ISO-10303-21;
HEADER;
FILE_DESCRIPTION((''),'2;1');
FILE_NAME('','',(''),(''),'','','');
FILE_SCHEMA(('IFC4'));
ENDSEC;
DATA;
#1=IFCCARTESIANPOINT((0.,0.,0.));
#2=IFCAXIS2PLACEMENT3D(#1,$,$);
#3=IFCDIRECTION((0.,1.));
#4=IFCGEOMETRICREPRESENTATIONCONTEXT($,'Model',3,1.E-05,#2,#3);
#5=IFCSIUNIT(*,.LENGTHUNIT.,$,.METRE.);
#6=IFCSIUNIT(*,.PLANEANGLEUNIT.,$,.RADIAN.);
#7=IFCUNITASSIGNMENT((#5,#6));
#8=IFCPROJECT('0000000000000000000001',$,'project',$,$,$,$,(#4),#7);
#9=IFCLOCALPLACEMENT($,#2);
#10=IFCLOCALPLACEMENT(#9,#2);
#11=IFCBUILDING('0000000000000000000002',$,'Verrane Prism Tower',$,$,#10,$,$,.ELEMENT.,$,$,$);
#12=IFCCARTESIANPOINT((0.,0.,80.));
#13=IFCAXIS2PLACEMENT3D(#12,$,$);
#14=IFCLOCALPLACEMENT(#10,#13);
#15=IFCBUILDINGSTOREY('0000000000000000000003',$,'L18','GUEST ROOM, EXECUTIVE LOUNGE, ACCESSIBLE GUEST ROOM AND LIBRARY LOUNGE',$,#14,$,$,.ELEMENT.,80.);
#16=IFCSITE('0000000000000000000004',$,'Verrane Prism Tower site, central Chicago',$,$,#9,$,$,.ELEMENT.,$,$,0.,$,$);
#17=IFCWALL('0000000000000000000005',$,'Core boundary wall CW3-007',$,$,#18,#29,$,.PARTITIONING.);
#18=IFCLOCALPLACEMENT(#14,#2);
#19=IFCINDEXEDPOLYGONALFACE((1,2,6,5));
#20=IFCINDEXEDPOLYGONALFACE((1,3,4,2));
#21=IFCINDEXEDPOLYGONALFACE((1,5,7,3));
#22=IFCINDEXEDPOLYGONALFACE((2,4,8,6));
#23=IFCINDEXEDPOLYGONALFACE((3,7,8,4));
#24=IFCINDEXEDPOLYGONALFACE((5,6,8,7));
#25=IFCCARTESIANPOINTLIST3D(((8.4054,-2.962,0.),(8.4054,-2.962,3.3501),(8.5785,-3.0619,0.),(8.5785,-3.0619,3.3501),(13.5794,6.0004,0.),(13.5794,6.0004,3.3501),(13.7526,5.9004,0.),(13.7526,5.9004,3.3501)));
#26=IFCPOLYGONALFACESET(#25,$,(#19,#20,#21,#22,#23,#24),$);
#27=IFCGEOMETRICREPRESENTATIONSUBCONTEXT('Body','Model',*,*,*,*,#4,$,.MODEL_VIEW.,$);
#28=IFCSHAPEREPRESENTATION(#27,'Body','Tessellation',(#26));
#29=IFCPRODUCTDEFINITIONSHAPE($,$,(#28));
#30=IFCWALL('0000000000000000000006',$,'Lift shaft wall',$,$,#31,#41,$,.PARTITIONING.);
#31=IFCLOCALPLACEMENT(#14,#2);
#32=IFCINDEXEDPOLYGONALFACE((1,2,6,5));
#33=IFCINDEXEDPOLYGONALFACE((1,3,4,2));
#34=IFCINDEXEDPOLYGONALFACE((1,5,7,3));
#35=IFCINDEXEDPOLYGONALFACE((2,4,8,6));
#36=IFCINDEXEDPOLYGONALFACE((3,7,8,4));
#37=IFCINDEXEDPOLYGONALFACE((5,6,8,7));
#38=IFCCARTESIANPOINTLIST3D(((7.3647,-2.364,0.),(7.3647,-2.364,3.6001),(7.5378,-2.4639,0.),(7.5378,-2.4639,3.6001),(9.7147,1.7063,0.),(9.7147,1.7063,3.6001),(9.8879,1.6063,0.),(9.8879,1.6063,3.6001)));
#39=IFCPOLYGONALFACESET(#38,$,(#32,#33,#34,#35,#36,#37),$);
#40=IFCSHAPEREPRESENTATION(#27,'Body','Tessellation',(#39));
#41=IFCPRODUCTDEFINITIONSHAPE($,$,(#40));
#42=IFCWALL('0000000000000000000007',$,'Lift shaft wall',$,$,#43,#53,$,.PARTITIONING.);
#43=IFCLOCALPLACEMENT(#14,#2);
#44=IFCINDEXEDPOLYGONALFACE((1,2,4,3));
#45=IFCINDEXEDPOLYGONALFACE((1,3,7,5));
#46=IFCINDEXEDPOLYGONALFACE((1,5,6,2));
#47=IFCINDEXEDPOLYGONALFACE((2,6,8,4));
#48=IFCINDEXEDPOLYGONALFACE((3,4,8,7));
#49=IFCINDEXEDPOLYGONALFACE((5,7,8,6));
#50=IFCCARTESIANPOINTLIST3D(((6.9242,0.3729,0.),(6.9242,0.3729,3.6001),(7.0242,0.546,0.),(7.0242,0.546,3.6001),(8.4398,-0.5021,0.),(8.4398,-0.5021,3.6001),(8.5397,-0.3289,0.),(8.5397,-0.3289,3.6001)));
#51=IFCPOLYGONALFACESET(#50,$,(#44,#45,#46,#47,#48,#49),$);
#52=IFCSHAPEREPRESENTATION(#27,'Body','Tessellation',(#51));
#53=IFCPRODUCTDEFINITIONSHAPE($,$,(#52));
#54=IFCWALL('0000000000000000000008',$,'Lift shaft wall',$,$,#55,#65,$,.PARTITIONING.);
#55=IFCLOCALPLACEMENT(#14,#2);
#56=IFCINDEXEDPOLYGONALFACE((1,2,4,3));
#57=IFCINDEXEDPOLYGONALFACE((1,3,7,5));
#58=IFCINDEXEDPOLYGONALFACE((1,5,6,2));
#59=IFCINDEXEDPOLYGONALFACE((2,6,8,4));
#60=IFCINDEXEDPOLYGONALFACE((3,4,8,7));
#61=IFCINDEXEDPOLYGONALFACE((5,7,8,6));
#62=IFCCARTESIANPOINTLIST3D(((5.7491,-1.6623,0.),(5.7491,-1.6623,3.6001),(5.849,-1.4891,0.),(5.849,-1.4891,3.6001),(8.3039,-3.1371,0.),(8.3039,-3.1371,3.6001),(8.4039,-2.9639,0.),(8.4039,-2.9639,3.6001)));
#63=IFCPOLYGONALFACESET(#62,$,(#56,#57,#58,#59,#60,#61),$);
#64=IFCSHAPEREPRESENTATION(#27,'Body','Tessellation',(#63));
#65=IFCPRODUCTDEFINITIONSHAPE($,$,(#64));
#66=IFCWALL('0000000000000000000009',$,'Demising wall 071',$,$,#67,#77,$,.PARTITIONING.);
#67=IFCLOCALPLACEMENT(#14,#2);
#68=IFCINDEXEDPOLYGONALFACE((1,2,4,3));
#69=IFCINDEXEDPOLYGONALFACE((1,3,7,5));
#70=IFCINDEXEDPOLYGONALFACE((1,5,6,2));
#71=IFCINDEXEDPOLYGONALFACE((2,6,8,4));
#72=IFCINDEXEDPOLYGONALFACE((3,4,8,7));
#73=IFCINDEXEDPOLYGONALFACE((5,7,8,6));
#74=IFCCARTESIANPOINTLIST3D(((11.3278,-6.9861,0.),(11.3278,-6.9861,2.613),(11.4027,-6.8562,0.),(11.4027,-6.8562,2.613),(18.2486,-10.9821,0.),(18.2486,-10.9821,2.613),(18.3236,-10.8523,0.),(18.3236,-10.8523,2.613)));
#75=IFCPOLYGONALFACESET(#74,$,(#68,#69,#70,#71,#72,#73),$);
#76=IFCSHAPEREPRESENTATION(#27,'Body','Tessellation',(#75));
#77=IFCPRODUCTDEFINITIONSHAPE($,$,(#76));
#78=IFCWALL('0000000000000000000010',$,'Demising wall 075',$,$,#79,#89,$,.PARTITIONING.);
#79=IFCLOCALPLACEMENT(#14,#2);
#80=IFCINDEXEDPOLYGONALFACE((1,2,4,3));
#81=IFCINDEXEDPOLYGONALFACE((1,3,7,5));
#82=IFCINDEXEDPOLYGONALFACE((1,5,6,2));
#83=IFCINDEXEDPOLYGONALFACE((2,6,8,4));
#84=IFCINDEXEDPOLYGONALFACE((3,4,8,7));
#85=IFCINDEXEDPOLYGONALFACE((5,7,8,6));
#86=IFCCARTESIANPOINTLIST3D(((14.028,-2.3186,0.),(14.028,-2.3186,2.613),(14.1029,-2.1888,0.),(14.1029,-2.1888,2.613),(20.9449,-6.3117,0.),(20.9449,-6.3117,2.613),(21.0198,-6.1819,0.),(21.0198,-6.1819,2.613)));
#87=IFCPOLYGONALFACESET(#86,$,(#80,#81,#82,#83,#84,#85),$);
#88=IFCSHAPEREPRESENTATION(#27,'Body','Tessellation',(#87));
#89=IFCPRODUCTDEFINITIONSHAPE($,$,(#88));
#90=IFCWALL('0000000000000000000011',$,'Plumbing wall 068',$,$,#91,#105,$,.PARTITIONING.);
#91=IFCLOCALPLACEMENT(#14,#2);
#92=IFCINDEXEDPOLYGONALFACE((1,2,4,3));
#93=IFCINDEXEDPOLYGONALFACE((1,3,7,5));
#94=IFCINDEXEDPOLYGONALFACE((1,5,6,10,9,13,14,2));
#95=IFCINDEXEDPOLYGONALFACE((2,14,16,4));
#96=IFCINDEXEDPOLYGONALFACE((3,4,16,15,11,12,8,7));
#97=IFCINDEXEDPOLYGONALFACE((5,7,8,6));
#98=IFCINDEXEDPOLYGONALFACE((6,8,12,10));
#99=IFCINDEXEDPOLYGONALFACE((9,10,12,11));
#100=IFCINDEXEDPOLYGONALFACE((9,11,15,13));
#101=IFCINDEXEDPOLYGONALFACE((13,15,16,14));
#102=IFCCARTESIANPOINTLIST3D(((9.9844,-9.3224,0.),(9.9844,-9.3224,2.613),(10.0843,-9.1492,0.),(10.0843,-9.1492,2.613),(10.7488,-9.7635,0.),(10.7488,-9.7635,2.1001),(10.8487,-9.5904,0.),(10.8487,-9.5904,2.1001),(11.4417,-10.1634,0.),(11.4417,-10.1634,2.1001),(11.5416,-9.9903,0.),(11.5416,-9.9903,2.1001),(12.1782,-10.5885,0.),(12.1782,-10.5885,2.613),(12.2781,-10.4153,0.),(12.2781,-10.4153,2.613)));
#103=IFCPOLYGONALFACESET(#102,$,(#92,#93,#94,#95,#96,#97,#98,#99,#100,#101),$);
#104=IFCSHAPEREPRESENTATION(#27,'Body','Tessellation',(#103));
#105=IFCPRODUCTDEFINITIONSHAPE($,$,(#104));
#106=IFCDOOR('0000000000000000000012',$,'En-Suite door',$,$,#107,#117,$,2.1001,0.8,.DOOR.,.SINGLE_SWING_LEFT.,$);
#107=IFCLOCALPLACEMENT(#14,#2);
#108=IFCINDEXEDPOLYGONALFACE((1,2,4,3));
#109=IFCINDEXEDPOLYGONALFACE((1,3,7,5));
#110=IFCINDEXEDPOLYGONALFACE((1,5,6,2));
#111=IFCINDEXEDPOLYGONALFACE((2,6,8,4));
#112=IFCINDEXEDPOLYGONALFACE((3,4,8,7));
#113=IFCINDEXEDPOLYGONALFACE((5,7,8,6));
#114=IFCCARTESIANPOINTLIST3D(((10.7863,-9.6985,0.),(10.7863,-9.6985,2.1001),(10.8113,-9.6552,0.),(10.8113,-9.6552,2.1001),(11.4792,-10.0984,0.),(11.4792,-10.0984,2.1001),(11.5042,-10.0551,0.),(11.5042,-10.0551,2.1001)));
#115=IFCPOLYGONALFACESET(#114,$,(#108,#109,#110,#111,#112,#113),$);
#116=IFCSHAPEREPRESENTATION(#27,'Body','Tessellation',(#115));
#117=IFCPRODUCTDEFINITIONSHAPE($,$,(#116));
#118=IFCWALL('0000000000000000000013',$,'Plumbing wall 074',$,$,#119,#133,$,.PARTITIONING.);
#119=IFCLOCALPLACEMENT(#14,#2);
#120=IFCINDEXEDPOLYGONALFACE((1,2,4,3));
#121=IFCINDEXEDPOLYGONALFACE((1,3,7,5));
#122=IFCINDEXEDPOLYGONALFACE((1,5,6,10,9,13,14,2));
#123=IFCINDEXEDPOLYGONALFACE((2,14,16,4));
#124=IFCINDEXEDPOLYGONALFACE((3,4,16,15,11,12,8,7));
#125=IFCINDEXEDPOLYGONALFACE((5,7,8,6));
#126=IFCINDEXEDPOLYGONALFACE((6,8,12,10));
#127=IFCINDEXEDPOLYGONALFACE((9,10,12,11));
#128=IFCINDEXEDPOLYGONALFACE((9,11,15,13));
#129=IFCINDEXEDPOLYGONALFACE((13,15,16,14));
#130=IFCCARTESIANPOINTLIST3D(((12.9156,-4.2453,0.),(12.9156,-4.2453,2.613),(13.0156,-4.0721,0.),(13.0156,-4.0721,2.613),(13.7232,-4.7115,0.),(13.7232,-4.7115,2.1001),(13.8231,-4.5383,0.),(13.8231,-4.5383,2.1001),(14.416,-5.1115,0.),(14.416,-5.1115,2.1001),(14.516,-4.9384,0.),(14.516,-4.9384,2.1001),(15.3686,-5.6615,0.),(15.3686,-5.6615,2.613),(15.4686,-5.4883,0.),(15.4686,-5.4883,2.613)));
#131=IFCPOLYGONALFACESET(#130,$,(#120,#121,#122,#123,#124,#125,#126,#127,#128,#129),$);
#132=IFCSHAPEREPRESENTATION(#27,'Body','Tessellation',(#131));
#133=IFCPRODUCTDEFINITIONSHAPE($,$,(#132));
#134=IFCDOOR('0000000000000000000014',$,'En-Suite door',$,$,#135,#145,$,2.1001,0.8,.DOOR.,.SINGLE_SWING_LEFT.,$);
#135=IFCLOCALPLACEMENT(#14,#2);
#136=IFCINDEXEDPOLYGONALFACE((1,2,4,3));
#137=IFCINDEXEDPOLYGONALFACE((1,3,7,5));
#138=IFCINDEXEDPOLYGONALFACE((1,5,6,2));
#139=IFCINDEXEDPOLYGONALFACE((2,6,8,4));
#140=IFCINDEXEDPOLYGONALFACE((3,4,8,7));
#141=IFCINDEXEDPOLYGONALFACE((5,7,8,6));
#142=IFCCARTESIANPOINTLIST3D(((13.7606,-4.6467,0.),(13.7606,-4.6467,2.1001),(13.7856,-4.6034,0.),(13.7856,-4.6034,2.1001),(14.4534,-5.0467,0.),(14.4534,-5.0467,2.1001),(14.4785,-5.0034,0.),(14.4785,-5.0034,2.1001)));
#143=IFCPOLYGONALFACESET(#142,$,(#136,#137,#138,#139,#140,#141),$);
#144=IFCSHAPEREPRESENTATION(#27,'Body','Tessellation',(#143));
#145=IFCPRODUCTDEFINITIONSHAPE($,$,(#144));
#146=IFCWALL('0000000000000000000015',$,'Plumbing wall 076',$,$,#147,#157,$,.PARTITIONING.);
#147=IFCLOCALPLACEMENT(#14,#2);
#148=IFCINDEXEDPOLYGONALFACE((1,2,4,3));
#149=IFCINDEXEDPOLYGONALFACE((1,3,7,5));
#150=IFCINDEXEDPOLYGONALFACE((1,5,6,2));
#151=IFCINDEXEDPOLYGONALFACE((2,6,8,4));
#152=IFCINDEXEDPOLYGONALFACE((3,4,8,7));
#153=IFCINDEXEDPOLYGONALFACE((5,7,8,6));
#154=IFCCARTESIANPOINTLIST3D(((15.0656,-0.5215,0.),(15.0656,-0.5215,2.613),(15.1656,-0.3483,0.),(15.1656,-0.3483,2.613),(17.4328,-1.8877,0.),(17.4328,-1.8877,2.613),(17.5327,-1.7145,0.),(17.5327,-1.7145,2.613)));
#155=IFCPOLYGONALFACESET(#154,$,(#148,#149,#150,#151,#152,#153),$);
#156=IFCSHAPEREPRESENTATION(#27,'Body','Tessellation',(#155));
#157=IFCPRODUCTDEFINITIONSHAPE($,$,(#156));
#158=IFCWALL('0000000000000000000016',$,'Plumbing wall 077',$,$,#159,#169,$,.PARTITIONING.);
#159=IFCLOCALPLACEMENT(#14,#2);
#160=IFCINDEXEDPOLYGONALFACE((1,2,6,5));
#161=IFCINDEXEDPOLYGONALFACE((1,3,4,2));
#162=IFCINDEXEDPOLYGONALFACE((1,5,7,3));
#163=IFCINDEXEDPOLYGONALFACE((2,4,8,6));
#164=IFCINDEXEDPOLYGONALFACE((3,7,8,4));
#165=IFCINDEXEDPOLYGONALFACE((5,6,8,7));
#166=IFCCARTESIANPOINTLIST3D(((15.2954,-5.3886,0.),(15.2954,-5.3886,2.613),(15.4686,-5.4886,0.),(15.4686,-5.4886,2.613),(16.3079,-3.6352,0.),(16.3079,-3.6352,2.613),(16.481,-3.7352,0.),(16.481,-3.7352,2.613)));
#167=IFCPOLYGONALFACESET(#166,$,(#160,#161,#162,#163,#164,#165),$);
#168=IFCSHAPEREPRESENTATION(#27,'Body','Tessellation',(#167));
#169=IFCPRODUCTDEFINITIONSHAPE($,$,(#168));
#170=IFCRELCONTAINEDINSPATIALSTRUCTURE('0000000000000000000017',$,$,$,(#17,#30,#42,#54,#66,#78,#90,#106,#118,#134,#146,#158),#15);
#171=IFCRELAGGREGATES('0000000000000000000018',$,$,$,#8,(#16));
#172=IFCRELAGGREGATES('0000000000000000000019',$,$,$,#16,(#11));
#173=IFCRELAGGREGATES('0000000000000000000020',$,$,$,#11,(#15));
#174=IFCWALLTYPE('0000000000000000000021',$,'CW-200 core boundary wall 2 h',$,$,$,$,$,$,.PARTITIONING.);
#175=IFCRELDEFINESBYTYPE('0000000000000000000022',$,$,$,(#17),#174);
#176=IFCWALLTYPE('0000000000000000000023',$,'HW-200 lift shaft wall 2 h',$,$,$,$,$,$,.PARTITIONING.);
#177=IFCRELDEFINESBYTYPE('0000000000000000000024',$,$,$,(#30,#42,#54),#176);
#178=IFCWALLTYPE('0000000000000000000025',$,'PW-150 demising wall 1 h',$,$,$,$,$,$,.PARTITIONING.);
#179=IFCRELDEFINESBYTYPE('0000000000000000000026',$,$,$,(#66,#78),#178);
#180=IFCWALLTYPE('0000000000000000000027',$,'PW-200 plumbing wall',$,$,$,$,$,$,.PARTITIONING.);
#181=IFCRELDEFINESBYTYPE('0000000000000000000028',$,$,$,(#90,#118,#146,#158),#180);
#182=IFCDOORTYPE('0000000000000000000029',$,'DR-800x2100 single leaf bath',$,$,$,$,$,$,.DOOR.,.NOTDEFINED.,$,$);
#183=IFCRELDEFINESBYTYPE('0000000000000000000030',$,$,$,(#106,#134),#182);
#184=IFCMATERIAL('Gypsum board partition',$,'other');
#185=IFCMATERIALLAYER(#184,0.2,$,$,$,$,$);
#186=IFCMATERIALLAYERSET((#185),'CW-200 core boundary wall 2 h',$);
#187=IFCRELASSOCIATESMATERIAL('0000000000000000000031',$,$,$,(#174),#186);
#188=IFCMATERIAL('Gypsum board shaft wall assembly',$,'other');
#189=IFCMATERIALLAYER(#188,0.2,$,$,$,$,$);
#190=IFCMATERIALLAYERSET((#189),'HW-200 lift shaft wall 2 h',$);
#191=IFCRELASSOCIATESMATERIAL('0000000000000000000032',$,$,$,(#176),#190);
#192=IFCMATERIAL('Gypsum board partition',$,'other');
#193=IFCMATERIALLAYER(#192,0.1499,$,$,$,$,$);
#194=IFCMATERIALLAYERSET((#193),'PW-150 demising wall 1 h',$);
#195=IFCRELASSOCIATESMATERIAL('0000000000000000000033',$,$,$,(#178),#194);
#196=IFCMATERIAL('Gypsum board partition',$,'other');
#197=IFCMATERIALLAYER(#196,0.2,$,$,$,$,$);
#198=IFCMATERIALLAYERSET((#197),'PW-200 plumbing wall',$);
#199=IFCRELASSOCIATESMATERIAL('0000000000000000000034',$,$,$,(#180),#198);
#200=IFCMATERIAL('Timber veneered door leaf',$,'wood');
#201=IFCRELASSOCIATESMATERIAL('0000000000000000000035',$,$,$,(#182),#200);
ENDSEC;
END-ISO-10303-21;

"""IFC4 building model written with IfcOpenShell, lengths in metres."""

from ifc_helpers import new_model, si_unit, direction, frame, frame_2d, origin, place, context, subcontext, project, spatial, rectangle, extrude, material, layer, layer_set, type_object, element, fill, save


model = new_model("IFC4")

# Units and contexts
model_context = context("Model", 3, precision=1e-05, world=origin(), true_north=direction((0.0, 1.0)))
body_context = subcontext(model_context, "Body", "Model", "MODEL_VIEW")
ifc_project = project(units=[si_unit("LENGTHUNIT", "METRE"), si_unit("PLANEANGLEUNIT", "RADIAN")], contexts=[model_context])

# Site, building, storey
site_placement = place(None, origin())
site = spatial("IfcSite", under=ifc_project, at=site_placement, Name="Verrane Prism Tower site, central Chicago", CompositionType="ELEMENT", RefElevation=0.0)
building_placement = place(site_placement, origin())
building = spatial("IfcBuilding", under=site, at=building_placement, Name="Verrane Prism Tower", CompositionType="ELEMENT")
storey_placement = place(building_placement, frame((0.0, 0.0, 80.0)))
storey = spatial("IfcBuildingStorey", under=building, at=storey_placement, Name="L18", Description="GUEST ROOM, EXECUTIVE LOUNGE, ACCESSIBLE GUEST ROOM AND LIBRARY LOUNGE", CompositionType="ELEMENT", Elevation=80.0)

# Walls
ifc_material_1 = material(Name="Gypsum board partition", Category="other")
ifc_layer_1 = layer(ifc_material_1, 0.2)
ifc_layer_set_1 = layer_set([ifc_layer_1], Name="CW-200 core boundary wall 2 h")
wall_type_1 = type_object("IfcWallType", Name="CW-200 core boundary wall 2 h", PredefinedType="PARTITIONING", material=ifc_layer_set_1)
wall_1_placement = place(storey_placement, frame((8.4919, -3.012, 0.0), z_axis=(0.0, 0.0, 1.0), x_axis=(0.499973, 0.866041, 0.0)))
element("IfcWall", 1, at=wall_1_placement, inside=storey, type_object=wall_type_1, Name="Core boundary wall CW3-007", PredefinedType="PARTITIONING", context=body_context, shape_type="SweptSolid", body=[
    extrude(rectangle(XDim=10.3486, YDim=0.2, at=frame_2d((5.1743, 0.0))), origin(), (0.0, 0.0, 1.0), 3.3501),
])
ifc_material_2 = material(Name="Gypsum board shaft wall assembly", Category="other")
ifc_layer_2 = layer(ifc_material_2, 0.2)
ifc_layer_set_2 = layer_set([ifc_layer_2], Name="HW-200 lift shaft wall 2 h")
wall_type_2 = type_object("IfcWallType", Name="HW-200 lift shaft wall 2 h", PredefinedType="PARTITIONING", material=ifc_layer_set_2)
wall_2_placement = place(storey_placement, frame((7.4512, -2.4141, 0.0), z_axis=(0.0, 0.0, 1.0), x_axis=(0.500016, 0.866016, 0.0)))
element("IfcWall", 2, at=wall_2_placement, inside=storey, type_object=wall_type_2, Name="Lift shaft wall", PredefinedType="PARTITIONING", context=body_context, shape_type="SweptSolid", body=[
    extrude(rectangle(XDim=4.7, YDim=0.2, at=frame_2d((2.3501, 0.0))), origin(), (0.0, 0.0, 1.0), 3.6001),
])
wall_3_placement = place(storey_placement, frame((8.4897, -0.4155, 0.0), z_axis=(0.0, 0.0, 1.0), x_axis=(-0.866037, 0.49998, 0.0)))
element("IfcWall", 3, at=wall_3_placement, inside=storey, type_object=wall_type_2, Name="Lift shaft wall", PredefinedType="PARTITIONING", context=body_context, shape_type="SweptSolid", body=[
    extrude(rectangle(XDim=1.75, YDim=0.2, at=frame_2d((0.875, 0.0))), origin(), (0.0, 0.0, 1.0), 3.6001),
])
wall_4_placement = place(storey_placement, frame((8.354, -3.0505, 0.0), z_axis=(0.0, 0.0, 1.0), x_axis=(-0.86606, 0.49994, 0.0)))
element("IfcWall", 4, at=wall_4_placement, inside=storey, type_object=wall_type_2, Name="Lift shaft wall", PredefinedType="PARTITIONING", context=body_context, shape_type="SweptSolid", body=[
    extrude(rectangle(XDim=2.95, YDim=0.2, at=frame_2d((1.4751, 0.0))), origin(), (0.0, 0.0, 1.0), 3.6001),
])
ifc_material_3 = material(Name="Gypsum board partition", Category="other")
ifc_layer_3 = layer(ifc_material_3, 0.1499)
ifc_layer_set_3 = layer_set([ifc_layer_3], Name="PW-150 demising wall 1 h")
wall_type_3 = type_object("IfcWallType", Name="PW-150 demising wall 1 h", PredefinedType="PARTITIONING", material=ifc_layer_set_3)
wall_5_placement = place(storey_placement, frame((11.3652, -6.9211, 0.0), z_axis=(0.0, 0.0, 1.0), x_axis=(0.866009, -0.500029, 0.0)))
element("IfcWall", 5, at=wall_5_placement, inside=storey, type_object=wall_type_3, Name="Demising wall 071", PredefinedType="PARTITIONING", context=body_context, shape_type="SweptSolid", body=[
    extrude(rectangle(XDim=7.9917, YDim=0.1499, at=frame_2d((3.9958, 0.0))), origin(), (0.0, 0.0, 1.0), 2.613),
])
wall_6_placement = place(storey_placement, frame((14.0654, -2.2537, 0.0), z_axis=(0.0, 0.0, 1.0), x_axis=(0.866045, -0.499966, 0.0)))
element("IfcWall", 6, at=wall_6_placement, inside=storey, type_object=wall_type_3, Name="Demising wall 075", PredefinedType="PARTITIONING", context=body_context, shape_type="SweptSolid", body=[
    extrude(rectangle(XDim=7.9868, YDim=0.1499, at=frame_2d((3.9934, 0.0))), origin(), (0.0, 0.0, 1.0), 2.613),
])

# Walls, openings, doors
ifc_material_4 = material(Name="Gypsum board partition", Category="other")
ifc_layer_4 = layer(ifc_material_4, 0.2)
ifc_layer_set_4 = layer_set([ifc_layer_4], Name="PW-200 plumbing wall")
wall_type_4 = type_object("IfcWallType", Name="PW-200 plumbing wall", PredefinedType="PARTITIONING", material=ifc_layer_set_4)
wall_7_placement = place(storey_placement, frame((12.2283, -10.502, 0.0), z_axis=(0.0, 0.0, 1.0), x_axis=(-0.866112, 0.49985, 0.0)))
wall_7 = element("IfcWall", 7, at=wall_7_placement, inside=storey, type_object=wall_type_4, Name="Plumbing wall 068", PredefinedType="PARTITIONING", context=body_context, shape_type="SweptSolid", body=[
    extrude(rectangle(XDim=2.533, YDim=0.2, at=frame_2d((1.2666, 0.0))), origin(), (0.0, 0.0, 1.0), 2.613),
])
opening_1_placement = place(wall_7_placement, frame((0.8506, 0.0, 0.0)))
opening_1 = element("IfcOpeningElement", 8, at=opening_1_placement, cuts=wall_7, PredefinedType="OPENING", context=body_context, shape_type="SweptSolid", body=[
    extrude(rectangle(XDim=0.8, YDim=2.1001, at=frame_2d((0.3999, 1.05))), frame((0.0, 0.1099, 0.0), z_axis=(0.0, -1.0, 0.0), x_axis=(1.0, 0.0, 0.0)), (0.0, 0.0, 1.0), 0.22),
])
ifc_material_5 = material(Name="Timber veneered door leaf", Category="wood")
door_type = type_object("IfcDoorType", Name="DR-800x2100 single leaf bath", OperationType="NOTDEFINED", PredefinedType="DOOR", material=ifc_material_5)
door_1_placement = place(opening_1_placement, origin())
door_1 = element("IfcDoor", 9, at=door_1_placement, inside=storey, type_object=door_type, Name="En-Suite door", OperationType="SINGLE_SWING_LEFT", OverallHeight=2.1001, OverallWidth=0.8, PredefinedType="DOOR", context=body_context, shape_type="SweptSolid", body=[
    extrude(rectangle(XDim=0.8, YDim=2.1001, at=frame_2d((0.3999, 1.05))), frame((0.0, 0.0249, 0.0), z_axis=(0.0, -1.0, 0.0), x_axis=(1.0, 0.0, 0.0)), (0.0, 0.0, 1.0), 0.05),
])
fill(opening_1, door_1)
wall_8_placement = place(storey_placement, frame((12.9656, -4.1587, 0.0), z_axis=(0.0, 0.0, 1.0), x_axis=(0.866033, -0.499986, 0.0)))
wall_8 = element("IfcWall", 10, at=wall_8_placement, inside=storey, type_object=wall_type_4, Name="Plumbing wall 074", PredefinedType="PARTITIONING", context=body_context, shape_type="SweptSolid", body=[
    extrude(rectangle(XDim=2.8325, YDim=0.2, at=frame_2d((1.4163, 0.0))), origin(), (0.0, 0.0, 1.0), 2.613),
])
opening_2_placement = place(wall_8_placement, frame((0.9326, 0.0, 0.0)))
opening_2 = element("IfcOpeningElement", 11, at=opening_2_placement, cuts=wall_8, PredefinedType="OPENING", context=body_context, shape_type="SweptSolid", body=[
    extrude(rectangle(XDim=0.8, YDim=2.1001, at=frame_2d((0.3999, 1.05))), frame((0.0, 0.1099, 0.0), z_axis=(0.0, -1.0, 0.0), x_axis=(1.0, 0.0, 0.0)), (0.0, 0.0, 1.0), 0.22),
])
door_2_placement = place(opening_2_placement, origin())
door_2 = element("IfcDoor", 12, at=door_2_placement, inside=storey, type_object=door_type, Name="En-Suite door", OperationType="SINGLE_SWING_LEFT", OverallHeight=2.1001, OverallWidth=0.8, PredefinedType="DOOR", context=body_context, shape_type="SweptSolid", body=[
    extrude(rectangle(XDim=0.8, YDim=2.1001, at=frame_2d((0.3999, 1.05))), frame((0.0, 0.0249, 0.0), z_axis=(0.0, -1.0, 0.0), x_axis=(1.0, 0.0, 0.0)), (0.0, 0.0, 1.0), 0.05),
])
fill(opening_2, door_2)

# Walls
wall_9_placement = place(storey_placement, frame((15.1155, -0.4348, 0.0), z_axis=(0.0, 0.0, 1.0), x_axis=(0.866102, -0.499867, 0.0)))
element("IfcWall", 13, at=wall_9_placement, inside=storey, type_object=wall_type_4, Name="Plumbing wall 076", PredefinedType="PARTITIONING", context=body_context, shape_type="SweptSolid", body=[
    extrude(rectangle(XDim=2.7332, YDim=0.2, at=frame_2d((1.3667, 0.0))), origin(), (0.0, 0.0, 1.0), 2.613),
])
wall_10_placement = place(storey_placement, frame((15.3821, -5.4385, 0.0), z_axis=(0.0, 0.0, 1.0), x_axis=(0.500043, 0.866001, 0.0)))
element("IfcWall", 14, at=wall_10_placement, inside=storey, type_object=wall_type_4, Name="Plumbing wall 077", PredefinedType="PARTITIONING", context=body_context, shape_type="SweptSolid", body=[
    extrude(rectangle(XDim=2.0247, YDim=0.2, at=frame_2d((1.0122, 0.0))), origin(), (0.0, 0.0, 1.0), 2.613),
])

save(model, "model.ifc")
